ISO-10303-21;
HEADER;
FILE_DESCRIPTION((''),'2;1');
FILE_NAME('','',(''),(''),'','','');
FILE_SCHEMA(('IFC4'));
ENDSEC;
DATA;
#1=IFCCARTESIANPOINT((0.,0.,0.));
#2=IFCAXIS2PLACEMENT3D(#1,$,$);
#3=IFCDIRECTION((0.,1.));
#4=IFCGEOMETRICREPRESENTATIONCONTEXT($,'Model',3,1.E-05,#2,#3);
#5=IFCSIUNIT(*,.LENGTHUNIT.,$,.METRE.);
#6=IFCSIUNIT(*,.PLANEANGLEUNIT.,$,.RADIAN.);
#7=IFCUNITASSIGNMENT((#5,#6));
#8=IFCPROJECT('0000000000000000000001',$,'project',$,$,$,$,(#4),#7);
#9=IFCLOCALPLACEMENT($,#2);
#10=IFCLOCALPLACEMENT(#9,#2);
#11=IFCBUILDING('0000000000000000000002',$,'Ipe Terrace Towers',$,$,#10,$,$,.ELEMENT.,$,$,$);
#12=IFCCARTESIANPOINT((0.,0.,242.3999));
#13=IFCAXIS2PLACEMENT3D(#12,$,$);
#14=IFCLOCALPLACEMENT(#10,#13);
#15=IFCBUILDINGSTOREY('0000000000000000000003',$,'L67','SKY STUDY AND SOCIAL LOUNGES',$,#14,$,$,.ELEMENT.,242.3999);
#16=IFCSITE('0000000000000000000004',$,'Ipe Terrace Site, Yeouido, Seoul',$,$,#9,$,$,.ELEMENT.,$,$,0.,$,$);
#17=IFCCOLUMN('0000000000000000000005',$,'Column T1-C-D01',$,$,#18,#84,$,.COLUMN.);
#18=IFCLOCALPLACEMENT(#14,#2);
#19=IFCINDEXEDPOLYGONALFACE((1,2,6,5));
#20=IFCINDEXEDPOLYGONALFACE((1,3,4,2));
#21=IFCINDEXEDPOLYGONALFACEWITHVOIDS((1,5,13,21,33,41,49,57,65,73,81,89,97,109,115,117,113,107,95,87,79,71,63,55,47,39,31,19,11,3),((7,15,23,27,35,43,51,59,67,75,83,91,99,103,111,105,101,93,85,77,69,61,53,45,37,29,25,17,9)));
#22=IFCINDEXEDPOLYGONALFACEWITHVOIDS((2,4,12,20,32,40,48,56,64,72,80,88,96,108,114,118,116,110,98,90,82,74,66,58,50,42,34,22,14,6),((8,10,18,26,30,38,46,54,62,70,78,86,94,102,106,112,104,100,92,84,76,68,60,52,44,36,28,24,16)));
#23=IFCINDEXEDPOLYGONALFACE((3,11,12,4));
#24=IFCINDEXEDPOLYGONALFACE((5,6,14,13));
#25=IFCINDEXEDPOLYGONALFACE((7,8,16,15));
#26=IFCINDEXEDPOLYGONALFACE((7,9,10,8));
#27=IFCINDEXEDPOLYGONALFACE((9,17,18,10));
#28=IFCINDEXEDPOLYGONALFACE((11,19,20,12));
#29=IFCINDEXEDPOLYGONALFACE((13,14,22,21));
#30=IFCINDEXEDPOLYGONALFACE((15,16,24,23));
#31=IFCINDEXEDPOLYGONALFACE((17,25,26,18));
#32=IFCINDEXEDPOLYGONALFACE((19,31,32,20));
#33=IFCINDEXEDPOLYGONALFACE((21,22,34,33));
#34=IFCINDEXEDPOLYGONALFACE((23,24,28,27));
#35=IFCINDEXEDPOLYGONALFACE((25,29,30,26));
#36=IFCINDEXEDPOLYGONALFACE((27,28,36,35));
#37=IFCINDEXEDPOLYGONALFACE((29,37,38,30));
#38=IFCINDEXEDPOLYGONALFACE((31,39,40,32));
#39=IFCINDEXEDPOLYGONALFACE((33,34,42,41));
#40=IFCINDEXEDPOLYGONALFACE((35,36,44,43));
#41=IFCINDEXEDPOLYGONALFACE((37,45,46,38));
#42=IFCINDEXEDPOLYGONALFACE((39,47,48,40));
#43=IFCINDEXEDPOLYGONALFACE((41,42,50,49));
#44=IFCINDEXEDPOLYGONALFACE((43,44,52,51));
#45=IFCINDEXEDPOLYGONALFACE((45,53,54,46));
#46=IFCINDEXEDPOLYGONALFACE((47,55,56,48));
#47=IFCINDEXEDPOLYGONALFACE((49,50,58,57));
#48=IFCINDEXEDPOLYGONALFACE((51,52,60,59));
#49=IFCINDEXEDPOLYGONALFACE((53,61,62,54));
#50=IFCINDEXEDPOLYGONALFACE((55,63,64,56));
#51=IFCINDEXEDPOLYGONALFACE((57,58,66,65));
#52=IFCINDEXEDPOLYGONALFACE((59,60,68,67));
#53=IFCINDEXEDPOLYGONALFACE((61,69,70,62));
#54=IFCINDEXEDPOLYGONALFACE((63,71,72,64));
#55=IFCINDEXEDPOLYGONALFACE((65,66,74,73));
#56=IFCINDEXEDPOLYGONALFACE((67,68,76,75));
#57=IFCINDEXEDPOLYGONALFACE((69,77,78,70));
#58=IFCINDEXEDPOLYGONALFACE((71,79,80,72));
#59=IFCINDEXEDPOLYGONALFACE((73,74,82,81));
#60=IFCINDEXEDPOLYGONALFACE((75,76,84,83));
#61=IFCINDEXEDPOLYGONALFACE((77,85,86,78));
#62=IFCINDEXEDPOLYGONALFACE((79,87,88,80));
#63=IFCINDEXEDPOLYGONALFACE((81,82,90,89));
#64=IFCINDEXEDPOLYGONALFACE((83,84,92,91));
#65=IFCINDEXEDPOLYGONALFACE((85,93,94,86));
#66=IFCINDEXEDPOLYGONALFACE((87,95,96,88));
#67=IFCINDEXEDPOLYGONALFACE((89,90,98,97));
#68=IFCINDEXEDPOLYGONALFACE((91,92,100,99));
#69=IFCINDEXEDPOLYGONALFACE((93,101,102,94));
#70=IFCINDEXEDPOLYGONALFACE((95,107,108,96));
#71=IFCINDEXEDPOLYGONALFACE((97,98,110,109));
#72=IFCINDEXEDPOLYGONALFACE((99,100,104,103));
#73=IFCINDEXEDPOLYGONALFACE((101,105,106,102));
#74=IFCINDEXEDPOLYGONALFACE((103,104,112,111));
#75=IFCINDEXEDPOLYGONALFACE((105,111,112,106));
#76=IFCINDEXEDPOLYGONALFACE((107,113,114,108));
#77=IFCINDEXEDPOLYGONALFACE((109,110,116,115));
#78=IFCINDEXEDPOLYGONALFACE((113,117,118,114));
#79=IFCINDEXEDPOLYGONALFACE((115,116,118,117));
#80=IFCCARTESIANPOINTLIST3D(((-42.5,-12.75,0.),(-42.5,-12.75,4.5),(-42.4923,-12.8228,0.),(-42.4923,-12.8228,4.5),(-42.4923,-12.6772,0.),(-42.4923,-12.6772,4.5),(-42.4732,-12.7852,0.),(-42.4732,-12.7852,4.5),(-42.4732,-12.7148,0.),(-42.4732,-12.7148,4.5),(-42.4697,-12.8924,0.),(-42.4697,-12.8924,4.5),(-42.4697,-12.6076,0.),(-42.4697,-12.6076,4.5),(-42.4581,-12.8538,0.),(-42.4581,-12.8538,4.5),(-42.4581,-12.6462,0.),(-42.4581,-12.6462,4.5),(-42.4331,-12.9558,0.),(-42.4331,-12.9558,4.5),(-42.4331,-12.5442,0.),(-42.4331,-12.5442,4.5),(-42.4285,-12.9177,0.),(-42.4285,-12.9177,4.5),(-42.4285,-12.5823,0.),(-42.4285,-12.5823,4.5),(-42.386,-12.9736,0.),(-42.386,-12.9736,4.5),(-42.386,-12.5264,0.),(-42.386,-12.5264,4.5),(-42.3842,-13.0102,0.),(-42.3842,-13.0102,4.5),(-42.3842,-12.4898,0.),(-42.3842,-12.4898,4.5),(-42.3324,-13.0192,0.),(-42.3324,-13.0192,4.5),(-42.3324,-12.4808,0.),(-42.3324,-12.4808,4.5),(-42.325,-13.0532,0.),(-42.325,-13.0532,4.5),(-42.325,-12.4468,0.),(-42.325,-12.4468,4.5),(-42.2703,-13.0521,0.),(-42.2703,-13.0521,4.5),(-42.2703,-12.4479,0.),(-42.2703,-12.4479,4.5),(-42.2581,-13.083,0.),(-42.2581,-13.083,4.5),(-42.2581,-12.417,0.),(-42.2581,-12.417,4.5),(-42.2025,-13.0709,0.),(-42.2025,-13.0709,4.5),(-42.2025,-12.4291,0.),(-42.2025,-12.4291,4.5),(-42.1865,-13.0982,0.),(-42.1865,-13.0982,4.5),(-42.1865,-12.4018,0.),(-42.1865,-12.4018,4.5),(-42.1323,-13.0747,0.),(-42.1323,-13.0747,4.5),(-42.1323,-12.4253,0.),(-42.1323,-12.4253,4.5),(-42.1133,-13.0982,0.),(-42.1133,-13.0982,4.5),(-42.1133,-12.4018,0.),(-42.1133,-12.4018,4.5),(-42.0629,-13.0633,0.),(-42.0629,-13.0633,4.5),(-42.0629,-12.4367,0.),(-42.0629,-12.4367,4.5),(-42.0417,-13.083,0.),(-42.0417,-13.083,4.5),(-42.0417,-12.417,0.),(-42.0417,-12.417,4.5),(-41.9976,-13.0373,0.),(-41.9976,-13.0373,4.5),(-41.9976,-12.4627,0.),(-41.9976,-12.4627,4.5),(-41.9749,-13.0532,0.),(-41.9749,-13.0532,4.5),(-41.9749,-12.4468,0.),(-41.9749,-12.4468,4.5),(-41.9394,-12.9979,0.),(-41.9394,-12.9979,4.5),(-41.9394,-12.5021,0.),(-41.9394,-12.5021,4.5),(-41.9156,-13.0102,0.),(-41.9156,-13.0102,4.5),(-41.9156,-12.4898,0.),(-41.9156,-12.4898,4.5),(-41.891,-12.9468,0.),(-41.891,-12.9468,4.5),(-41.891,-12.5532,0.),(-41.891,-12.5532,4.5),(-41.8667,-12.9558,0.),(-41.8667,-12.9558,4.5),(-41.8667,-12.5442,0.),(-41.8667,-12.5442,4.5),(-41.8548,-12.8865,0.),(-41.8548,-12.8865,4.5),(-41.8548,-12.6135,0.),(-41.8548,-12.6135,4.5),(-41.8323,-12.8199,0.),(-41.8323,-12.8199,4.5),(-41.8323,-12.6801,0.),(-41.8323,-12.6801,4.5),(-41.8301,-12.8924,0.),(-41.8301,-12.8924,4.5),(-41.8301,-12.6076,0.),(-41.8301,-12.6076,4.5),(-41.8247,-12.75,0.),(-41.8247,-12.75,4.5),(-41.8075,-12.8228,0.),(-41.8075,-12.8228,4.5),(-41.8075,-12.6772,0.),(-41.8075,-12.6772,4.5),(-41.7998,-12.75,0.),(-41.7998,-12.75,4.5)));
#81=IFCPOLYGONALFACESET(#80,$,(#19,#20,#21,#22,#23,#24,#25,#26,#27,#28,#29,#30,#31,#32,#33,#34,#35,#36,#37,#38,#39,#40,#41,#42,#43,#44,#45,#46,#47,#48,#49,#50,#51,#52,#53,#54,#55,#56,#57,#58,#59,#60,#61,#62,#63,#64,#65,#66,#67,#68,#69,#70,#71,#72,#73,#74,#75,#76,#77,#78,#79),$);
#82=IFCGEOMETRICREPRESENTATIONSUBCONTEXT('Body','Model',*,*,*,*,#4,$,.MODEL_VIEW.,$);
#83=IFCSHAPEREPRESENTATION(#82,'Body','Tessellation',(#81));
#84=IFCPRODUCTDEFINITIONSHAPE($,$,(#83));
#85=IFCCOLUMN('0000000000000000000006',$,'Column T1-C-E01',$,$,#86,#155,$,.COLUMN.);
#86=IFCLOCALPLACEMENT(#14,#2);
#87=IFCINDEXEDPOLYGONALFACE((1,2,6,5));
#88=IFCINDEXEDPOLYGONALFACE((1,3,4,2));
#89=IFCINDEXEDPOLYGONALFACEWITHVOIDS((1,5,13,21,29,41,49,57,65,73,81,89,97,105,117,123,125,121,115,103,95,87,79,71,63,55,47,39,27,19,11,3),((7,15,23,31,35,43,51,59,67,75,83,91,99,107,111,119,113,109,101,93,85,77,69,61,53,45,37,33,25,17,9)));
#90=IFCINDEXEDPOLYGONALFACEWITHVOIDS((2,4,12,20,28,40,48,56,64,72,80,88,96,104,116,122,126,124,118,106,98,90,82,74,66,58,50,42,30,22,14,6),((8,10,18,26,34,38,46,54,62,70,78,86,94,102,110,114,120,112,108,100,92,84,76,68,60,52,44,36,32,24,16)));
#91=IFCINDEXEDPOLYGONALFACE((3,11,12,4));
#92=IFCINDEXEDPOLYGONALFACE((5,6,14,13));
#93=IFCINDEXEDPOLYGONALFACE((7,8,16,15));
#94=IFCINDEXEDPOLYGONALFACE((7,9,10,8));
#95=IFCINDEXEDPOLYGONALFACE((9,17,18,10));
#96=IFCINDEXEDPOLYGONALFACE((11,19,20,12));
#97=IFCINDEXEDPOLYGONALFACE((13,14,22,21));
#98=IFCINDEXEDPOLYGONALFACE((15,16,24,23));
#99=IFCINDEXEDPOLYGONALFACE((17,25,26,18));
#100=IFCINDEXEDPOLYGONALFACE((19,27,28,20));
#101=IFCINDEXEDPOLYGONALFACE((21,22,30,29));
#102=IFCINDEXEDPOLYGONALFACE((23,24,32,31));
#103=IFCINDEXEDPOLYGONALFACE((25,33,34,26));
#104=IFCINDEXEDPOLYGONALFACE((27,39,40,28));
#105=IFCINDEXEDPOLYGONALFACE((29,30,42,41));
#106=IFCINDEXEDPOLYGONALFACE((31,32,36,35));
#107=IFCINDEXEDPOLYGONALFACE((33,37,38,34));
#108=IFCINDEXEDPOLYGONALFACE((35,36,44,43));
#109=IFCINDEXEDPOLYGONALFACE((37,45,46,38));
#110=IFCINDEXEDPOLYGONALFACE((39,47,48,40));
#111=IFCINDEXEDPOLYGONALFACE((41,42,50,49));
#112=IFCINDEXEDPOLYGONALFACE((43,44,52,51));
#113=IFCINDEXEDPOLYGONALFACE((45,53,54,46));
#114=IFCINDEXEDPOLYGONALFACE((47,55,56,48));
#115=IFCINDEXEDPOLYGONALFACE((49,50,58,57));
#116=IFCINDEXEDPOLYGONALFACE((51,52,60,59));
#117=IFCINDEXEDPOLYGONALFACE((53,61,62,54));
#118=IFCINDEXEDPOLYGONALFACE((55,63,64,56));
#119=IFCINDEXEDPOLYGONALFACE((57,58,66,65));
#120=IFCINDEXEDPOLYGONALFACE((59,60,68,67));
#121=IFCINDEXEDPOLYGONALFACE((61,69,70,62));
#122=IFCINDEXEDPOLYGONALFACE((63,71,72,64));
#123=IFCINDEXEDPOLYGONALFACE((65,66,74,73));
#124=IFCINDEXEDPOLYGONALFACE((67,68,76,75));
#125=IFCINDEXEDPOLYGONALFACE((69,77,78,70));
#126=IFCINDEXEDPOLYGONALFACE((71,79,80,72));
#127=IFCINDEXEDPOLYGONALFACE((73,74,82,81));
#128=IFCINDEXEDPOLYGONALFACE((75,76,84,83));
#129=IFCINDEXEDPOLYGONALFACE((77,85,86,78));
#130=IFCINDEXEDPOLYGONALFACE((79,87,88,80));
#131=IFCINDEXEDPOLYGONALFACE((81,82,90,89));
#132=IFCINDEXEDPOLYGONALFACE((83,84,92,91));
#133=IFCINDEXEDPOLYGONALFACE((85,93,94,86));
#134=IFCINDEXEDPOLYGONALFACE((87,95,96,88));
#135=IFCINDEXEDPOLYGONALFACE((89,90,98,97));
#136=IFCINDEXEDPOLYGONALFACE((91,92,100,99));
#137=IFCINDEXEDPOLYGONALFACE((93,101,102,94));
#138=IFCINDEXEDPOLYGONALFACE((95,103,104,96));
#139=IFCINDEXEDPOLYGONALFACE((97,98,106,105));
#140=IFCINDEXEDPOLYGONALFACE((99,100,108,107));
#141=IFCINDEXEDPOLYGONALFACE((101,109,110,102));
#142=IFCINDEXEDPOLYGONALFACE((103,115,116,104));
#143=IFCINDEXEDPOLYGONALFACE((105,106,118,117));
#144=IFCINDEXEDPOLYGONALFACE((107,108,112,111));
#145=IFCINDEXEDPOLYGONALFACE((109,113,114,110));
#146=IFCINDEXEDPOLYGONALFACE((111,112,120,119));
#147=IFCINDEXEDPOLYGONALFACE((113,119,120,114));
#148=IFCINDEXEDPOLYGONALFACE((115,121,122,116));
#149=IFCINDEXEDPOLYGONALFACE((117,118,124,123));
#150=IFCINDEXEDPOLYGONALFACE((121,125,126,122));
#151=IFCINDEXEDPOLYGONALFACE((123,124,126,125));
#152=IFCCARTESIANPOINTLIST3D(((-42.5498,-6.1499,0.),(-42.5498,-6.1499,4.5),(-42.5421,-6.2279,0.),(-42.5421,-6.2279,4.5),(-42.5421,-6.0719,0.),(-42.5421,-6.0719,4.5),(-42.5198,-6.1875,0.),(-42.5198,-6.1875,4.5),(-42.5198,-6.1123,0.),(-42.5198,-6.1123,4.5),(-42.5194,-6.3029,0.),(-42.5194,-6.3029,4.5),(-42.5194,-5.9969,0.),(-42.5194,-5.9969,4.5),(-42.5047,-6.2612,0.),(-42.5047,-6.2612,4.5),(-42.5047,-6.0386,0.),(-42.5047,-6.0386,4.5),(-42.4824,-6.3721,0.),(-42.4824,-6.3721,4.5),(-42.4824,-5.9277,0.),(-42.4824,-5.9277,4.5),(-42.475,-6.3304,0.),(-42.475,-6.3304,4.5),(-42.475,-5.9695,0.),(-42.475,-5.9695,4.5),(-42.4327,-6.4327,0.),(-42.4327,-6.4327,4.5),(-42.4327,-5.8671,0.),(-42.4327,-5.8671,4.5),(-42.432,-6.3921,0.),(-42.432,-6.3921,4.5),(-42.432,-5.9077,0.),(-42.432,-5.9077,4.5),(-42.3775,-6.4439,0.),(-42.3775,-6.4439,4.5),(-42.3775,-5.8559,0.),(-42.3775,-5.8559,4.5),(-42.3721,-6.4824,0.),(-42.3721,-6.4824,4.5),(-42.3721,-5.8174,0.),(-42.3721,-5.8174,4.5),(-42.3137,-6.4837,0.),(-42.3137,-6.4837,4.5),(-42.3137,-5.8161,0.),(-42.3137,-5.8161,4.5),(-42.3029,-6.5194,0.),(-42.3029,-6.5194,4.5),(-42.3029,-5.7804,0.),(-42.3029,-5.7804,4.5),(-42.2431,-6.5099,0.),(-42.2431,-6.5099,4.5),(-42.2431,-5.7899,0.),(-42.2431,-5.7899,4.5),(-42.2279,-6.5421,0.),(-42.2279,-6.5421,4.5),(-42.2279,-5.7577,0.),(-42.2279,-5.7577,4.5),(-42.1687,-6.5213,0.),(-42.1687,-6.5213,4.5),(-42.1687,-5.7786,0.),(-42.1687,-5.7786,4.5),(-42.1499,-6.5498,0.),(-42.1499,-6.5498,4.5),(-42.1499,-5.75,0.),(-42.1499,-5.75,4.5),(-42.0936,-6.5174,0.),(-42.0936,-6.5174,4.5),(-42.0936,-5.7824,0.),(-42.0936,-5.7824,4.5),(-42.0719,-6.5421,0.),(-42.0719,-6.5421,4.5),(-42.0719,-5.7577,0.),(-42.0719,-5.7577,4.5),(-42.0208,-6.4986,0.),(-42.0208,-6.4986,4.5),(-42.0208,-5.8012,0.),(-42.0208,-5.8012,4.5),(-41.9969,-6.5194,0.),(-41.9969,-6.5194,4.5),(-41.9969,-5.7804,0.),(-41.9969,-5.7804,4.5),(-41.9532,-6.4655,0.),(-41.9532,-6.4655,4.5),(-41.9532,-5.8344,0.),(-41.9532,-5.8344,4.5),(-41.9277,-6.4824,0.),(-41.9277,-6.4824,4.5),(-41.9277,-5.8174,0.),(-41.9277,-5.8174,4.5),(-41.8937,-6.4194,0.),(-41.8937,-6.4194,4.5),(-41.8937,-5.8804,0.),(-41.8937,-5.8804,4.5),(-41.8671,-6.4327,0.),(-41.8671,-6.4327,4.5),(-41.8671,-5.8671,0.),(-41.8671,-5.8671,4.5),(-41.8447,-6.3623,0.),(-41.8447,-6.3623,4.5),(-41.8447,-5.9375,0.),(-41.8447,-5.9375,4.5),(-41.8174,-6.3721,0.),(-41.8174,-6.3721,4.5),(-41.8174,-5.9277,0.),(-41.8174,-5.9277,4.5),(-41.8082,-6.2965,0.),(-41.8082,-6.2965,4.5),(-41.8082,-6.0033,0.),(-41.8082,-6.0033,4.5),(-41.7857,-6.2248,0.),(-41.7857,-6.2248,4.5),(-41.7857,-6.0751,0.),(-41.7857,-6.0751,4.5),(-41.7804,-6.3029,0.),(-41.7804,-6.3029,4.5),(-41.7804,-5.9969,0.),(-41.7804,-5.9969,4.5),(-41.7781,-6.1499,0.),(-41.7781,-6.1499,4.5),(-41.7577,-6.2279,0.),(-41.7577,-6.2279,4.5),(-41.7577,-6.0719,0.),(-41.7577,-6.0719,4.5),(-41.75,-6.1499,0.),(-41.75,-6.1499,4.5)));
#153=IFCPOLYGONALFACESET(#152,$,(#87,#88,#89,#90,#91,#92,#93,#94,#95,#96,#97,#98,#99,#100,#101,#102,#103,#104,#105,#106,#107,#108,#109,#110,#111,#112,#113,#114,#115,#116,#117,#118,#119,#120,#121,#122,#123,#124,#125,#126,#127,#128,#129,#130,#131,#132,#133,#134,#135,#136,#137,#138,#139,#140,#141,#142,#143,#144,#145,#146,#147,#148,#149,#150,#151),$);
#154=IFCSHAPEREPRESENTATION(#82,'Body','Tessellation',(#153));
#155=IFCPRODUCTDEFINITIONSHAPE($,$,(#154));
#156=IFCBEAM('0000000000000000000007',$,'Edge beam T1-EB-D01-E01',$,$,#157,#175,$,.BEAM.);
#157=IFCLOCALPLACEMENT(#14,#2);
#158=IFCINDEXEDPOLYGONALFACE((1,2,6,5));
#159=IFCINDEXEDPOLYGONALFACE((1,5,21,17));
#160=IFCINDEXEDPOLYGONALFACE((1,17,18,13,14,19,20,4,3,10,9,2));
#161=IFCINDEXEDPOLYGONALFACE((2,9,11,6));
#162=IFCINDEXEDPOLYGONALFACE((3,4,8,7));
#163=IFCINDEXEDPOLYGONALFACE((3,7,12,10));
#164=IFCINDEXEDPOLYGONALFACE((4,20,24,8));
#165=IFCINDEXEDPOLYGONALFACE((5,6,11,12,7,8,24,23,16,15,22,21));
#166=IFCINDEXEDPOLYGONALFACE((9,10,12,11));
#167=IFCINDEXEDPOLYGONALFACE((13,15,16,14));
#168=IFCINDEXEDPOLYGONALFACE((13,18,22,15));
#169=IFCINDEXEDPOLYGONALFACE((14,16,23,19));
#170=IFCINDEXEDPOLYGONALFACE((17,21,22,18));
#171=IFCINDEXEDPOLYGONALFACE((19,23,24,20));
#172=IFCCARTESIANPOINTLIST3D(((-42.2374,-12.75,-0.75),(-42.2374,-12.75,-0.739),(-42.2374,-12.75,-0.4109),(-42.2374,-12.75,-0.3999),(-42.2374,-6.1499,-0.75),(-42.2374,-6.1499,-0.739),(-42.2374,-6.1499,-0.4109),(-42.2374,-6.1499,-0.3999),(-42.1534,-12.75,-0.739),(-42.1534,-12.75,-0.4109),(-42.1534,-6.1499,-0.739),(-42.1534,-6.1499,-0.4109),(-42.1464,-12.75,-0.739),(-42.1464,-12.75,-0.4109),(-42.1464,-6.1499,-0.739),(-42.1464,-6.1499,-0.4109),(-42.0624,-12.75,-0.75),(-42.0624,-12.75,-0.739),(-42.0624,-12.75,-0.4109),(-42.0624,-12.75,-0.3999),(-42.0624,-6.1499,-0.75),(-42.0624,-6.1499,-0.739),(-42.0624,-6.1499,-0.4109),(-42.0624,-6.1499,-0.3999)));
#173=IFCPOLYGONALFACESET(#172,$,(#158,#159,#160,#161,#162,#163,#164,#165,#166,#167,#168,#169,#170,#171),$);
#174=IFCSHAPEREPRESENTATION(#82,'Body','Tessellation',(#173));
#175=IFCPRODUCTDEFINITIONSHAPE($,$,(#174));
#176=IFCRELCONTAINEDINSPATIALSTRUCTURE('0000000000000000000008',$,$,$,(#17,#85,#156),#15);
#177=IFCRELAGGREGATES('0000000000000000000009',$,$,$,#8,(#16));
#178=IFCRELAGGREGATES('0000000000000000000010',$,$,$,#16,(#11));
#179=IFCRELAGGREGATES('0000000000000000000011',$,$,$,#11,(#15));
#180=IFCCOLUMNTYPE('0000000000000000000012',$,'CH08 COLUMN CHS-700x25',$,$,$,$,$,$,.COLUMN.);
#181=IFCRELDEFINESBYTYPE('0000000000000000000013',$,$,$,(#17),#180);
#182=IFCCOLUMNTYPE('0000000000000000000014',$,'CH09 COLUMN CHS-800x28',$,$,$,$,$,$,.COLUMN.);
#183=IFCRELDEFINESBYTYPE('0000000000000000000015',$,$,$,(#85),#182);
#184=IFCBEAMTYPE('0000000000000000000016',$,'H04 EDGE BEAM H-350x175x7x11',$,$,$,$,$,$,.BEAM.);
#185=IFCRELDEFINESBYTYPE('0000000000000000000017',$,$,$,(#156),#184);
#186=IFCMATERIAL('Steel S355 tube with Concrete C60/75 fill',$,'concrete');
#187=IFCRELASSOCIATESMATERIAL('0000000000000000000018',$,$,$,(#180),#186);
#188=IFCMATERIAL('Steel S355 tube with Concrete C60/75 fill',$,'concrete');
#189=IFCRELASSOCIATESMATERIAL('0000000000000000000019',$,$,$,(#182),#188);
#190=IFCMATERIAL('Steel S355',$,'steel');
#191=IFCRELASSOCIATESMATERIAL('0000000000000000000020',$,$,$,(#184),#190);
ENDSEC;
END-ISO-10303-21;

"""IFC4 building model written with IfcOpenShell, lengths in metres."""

from ifc_helpers import new_model, si_unit, direction, frame, origin, origin_2d, place, context, subcontext, project, spatial, hollow_circle, i_section, extrude, material, material_profile, profile_set, type_object, element, save


model = new_model("IFC4")

# Units and contexts
model_context = context("Model", 3, precision=1e-05, world=origin(), true_north=direction((0.0, 1.0)))
body_context = subcontext(model_context, "Body", "Model", "MODEL_VIEW")
ifc_project = project(units=[si_unit("LENGTHUNIT", "METRE"), si_unit("PLANEANGLEUNIT", "RADIAN")], contexts=[model_context])

# Site, building, storey
site_placement = place(None, origin())
site = spatial("IfcSite", under=ifc_project, at=site_placement, Name="Ipe Terrace Site, Yeouido, Seoul", CompositionType="ELEMENT", RefElevation=0.0)
building_placement = place(site_placement, origin())
building = spatial("IfcBuilding", under=site, at=building_placement, Name="Ipe Terrace Towers", CompositionType="ELEMENT")
storey_placement = place(building_placement, frame((0.0, 0.0, 242.3999)))
storey = spatial("IfcBuildingStorey", under=building, at=storey_placement, Name="L67", Description="SKY STUDY AND SOCIAL LOUNGES", CompositionType="ELEMENT", Elevation=242.3999)

# Columns
ifc_material_1 = material(Name="Steel S355 tube with Concrete C60/75 fill", Category="concrete")
ifc_material_profile_1 = material_profile(ifc_material_1, hollow_circle(Radius=0.3501, WallThickness=0.0249, at=origin_2d()), Name="CHS-700x25")
ifc_profile_set_1 = profile_set([ifc_material_profile_1], Name="Steel S355 tube with Concrete C60/75 fill")
column_type_1 = type_object("IfcColumnType", Name="CH08 COLUMN CHS-700x25", PredefinedType="COLUMN", material=ifc_profile_set_1)
column_1_placement = place(storey_placement, frame((-42.1499, -12.75, 0.0), z_axis=(0.0, 0.0, 1.0), x_axis=(1.0, 0.0, 0.0)))
element("IfcColumn", 1, at=column_1_placement, inside=storey, type_object=column_type_1, Name="Column T1-C-D01", PredefinedType="COLUMN", context=body_context, shape_type="SweptSolid", body=[
    extrude(hollow_circle(Radius=0.3501, WallThickness=0.0249, at=origin_2d()), origin(), (0.0, 0.0, 1.0), 4.5),
])
ifc_material_2 = material(Name="Steel S355 tube with Concrete C60/75 fill", Category="concrete")
ifc_material_profile_2 = material_profile(ifc_material_2, hollow_circle(Radius=0.3999, WallThickness=0.0281, at=origin_2d()), Name="CHS-800x28")
ifc_profile_set_2 = profile_set([ifc_material_profile_2], Name="Steel S355 tube with Concrete C60/75 fill")
column_type_2 = type_object("IfcColumnType", Name="CH09 COLUMN CHS-800x28", PredefinedType="COLUMN", material=ifc_profile_set_2)
column_2_placement = place(storey_placement, frame((-42.1499, -6.1499, 0.0), z_axis=(0.0, 0.0, 1.0), x_axis=(1.0, 0.0, 0.0)))
element("IfcColumn", 2, at=column_2_placement, inside=storey, type_object=column_type_2, Name="Column T1-C-E01", PredefinedType="COLUMN", context=body_context, shape_type="SweptSolid", body=[
    extrude(hollow_circle(Radius=0.3999, WallThickness=0.0281, at=origin_2d()), origin(), (0.0, 0.0, 1.0), 4.5),
])

# Beam
ifc_material_3 = material(Name="Steel S355", Category="steel")
ifc_material_profile_3 = material_profile(ifc_material_3, i_section(OverallWidth=0.175, OverallDepth=0.3501, WebThickness=0.0071, FlangeThickness=0.011, at=origin_2d()), Name="H-350x175x7x11")
ifc_profile_set_3 = profile_set([ifc_material_profile_3], Name="Steel S355")
beam_type = type_object("IfcBeamType", Name="H04 EDGE BEAM H-350x175x7x11", PredefinedType="BEAM", material=ifc_profile_set_3)
beam_placement = place(storey_placement, frame((-42.1499, -12.75, -0.575), z_axis=(0.0, 1.0, 0.0), x_axis=(-1.0, 0.0, 0.0)))
element("IfcBeam", 3, at=beam_placement, inside=storey, type_object=beam_type, Name="Edge beam T1-EB-D01-E01", PredefinedType="BEAM", context=body_context, shape_type="SweptSolid", body=[
    extrude(i_section(OverallWidth=0.175, OverallDepth=0.3501, WebThickness=0.0071, FlangeThickness=0.011, at=origin_2d()), origin(), (0.0, 0.0, 1.0), 6.6001),
])

save(model, "model.ifc")
